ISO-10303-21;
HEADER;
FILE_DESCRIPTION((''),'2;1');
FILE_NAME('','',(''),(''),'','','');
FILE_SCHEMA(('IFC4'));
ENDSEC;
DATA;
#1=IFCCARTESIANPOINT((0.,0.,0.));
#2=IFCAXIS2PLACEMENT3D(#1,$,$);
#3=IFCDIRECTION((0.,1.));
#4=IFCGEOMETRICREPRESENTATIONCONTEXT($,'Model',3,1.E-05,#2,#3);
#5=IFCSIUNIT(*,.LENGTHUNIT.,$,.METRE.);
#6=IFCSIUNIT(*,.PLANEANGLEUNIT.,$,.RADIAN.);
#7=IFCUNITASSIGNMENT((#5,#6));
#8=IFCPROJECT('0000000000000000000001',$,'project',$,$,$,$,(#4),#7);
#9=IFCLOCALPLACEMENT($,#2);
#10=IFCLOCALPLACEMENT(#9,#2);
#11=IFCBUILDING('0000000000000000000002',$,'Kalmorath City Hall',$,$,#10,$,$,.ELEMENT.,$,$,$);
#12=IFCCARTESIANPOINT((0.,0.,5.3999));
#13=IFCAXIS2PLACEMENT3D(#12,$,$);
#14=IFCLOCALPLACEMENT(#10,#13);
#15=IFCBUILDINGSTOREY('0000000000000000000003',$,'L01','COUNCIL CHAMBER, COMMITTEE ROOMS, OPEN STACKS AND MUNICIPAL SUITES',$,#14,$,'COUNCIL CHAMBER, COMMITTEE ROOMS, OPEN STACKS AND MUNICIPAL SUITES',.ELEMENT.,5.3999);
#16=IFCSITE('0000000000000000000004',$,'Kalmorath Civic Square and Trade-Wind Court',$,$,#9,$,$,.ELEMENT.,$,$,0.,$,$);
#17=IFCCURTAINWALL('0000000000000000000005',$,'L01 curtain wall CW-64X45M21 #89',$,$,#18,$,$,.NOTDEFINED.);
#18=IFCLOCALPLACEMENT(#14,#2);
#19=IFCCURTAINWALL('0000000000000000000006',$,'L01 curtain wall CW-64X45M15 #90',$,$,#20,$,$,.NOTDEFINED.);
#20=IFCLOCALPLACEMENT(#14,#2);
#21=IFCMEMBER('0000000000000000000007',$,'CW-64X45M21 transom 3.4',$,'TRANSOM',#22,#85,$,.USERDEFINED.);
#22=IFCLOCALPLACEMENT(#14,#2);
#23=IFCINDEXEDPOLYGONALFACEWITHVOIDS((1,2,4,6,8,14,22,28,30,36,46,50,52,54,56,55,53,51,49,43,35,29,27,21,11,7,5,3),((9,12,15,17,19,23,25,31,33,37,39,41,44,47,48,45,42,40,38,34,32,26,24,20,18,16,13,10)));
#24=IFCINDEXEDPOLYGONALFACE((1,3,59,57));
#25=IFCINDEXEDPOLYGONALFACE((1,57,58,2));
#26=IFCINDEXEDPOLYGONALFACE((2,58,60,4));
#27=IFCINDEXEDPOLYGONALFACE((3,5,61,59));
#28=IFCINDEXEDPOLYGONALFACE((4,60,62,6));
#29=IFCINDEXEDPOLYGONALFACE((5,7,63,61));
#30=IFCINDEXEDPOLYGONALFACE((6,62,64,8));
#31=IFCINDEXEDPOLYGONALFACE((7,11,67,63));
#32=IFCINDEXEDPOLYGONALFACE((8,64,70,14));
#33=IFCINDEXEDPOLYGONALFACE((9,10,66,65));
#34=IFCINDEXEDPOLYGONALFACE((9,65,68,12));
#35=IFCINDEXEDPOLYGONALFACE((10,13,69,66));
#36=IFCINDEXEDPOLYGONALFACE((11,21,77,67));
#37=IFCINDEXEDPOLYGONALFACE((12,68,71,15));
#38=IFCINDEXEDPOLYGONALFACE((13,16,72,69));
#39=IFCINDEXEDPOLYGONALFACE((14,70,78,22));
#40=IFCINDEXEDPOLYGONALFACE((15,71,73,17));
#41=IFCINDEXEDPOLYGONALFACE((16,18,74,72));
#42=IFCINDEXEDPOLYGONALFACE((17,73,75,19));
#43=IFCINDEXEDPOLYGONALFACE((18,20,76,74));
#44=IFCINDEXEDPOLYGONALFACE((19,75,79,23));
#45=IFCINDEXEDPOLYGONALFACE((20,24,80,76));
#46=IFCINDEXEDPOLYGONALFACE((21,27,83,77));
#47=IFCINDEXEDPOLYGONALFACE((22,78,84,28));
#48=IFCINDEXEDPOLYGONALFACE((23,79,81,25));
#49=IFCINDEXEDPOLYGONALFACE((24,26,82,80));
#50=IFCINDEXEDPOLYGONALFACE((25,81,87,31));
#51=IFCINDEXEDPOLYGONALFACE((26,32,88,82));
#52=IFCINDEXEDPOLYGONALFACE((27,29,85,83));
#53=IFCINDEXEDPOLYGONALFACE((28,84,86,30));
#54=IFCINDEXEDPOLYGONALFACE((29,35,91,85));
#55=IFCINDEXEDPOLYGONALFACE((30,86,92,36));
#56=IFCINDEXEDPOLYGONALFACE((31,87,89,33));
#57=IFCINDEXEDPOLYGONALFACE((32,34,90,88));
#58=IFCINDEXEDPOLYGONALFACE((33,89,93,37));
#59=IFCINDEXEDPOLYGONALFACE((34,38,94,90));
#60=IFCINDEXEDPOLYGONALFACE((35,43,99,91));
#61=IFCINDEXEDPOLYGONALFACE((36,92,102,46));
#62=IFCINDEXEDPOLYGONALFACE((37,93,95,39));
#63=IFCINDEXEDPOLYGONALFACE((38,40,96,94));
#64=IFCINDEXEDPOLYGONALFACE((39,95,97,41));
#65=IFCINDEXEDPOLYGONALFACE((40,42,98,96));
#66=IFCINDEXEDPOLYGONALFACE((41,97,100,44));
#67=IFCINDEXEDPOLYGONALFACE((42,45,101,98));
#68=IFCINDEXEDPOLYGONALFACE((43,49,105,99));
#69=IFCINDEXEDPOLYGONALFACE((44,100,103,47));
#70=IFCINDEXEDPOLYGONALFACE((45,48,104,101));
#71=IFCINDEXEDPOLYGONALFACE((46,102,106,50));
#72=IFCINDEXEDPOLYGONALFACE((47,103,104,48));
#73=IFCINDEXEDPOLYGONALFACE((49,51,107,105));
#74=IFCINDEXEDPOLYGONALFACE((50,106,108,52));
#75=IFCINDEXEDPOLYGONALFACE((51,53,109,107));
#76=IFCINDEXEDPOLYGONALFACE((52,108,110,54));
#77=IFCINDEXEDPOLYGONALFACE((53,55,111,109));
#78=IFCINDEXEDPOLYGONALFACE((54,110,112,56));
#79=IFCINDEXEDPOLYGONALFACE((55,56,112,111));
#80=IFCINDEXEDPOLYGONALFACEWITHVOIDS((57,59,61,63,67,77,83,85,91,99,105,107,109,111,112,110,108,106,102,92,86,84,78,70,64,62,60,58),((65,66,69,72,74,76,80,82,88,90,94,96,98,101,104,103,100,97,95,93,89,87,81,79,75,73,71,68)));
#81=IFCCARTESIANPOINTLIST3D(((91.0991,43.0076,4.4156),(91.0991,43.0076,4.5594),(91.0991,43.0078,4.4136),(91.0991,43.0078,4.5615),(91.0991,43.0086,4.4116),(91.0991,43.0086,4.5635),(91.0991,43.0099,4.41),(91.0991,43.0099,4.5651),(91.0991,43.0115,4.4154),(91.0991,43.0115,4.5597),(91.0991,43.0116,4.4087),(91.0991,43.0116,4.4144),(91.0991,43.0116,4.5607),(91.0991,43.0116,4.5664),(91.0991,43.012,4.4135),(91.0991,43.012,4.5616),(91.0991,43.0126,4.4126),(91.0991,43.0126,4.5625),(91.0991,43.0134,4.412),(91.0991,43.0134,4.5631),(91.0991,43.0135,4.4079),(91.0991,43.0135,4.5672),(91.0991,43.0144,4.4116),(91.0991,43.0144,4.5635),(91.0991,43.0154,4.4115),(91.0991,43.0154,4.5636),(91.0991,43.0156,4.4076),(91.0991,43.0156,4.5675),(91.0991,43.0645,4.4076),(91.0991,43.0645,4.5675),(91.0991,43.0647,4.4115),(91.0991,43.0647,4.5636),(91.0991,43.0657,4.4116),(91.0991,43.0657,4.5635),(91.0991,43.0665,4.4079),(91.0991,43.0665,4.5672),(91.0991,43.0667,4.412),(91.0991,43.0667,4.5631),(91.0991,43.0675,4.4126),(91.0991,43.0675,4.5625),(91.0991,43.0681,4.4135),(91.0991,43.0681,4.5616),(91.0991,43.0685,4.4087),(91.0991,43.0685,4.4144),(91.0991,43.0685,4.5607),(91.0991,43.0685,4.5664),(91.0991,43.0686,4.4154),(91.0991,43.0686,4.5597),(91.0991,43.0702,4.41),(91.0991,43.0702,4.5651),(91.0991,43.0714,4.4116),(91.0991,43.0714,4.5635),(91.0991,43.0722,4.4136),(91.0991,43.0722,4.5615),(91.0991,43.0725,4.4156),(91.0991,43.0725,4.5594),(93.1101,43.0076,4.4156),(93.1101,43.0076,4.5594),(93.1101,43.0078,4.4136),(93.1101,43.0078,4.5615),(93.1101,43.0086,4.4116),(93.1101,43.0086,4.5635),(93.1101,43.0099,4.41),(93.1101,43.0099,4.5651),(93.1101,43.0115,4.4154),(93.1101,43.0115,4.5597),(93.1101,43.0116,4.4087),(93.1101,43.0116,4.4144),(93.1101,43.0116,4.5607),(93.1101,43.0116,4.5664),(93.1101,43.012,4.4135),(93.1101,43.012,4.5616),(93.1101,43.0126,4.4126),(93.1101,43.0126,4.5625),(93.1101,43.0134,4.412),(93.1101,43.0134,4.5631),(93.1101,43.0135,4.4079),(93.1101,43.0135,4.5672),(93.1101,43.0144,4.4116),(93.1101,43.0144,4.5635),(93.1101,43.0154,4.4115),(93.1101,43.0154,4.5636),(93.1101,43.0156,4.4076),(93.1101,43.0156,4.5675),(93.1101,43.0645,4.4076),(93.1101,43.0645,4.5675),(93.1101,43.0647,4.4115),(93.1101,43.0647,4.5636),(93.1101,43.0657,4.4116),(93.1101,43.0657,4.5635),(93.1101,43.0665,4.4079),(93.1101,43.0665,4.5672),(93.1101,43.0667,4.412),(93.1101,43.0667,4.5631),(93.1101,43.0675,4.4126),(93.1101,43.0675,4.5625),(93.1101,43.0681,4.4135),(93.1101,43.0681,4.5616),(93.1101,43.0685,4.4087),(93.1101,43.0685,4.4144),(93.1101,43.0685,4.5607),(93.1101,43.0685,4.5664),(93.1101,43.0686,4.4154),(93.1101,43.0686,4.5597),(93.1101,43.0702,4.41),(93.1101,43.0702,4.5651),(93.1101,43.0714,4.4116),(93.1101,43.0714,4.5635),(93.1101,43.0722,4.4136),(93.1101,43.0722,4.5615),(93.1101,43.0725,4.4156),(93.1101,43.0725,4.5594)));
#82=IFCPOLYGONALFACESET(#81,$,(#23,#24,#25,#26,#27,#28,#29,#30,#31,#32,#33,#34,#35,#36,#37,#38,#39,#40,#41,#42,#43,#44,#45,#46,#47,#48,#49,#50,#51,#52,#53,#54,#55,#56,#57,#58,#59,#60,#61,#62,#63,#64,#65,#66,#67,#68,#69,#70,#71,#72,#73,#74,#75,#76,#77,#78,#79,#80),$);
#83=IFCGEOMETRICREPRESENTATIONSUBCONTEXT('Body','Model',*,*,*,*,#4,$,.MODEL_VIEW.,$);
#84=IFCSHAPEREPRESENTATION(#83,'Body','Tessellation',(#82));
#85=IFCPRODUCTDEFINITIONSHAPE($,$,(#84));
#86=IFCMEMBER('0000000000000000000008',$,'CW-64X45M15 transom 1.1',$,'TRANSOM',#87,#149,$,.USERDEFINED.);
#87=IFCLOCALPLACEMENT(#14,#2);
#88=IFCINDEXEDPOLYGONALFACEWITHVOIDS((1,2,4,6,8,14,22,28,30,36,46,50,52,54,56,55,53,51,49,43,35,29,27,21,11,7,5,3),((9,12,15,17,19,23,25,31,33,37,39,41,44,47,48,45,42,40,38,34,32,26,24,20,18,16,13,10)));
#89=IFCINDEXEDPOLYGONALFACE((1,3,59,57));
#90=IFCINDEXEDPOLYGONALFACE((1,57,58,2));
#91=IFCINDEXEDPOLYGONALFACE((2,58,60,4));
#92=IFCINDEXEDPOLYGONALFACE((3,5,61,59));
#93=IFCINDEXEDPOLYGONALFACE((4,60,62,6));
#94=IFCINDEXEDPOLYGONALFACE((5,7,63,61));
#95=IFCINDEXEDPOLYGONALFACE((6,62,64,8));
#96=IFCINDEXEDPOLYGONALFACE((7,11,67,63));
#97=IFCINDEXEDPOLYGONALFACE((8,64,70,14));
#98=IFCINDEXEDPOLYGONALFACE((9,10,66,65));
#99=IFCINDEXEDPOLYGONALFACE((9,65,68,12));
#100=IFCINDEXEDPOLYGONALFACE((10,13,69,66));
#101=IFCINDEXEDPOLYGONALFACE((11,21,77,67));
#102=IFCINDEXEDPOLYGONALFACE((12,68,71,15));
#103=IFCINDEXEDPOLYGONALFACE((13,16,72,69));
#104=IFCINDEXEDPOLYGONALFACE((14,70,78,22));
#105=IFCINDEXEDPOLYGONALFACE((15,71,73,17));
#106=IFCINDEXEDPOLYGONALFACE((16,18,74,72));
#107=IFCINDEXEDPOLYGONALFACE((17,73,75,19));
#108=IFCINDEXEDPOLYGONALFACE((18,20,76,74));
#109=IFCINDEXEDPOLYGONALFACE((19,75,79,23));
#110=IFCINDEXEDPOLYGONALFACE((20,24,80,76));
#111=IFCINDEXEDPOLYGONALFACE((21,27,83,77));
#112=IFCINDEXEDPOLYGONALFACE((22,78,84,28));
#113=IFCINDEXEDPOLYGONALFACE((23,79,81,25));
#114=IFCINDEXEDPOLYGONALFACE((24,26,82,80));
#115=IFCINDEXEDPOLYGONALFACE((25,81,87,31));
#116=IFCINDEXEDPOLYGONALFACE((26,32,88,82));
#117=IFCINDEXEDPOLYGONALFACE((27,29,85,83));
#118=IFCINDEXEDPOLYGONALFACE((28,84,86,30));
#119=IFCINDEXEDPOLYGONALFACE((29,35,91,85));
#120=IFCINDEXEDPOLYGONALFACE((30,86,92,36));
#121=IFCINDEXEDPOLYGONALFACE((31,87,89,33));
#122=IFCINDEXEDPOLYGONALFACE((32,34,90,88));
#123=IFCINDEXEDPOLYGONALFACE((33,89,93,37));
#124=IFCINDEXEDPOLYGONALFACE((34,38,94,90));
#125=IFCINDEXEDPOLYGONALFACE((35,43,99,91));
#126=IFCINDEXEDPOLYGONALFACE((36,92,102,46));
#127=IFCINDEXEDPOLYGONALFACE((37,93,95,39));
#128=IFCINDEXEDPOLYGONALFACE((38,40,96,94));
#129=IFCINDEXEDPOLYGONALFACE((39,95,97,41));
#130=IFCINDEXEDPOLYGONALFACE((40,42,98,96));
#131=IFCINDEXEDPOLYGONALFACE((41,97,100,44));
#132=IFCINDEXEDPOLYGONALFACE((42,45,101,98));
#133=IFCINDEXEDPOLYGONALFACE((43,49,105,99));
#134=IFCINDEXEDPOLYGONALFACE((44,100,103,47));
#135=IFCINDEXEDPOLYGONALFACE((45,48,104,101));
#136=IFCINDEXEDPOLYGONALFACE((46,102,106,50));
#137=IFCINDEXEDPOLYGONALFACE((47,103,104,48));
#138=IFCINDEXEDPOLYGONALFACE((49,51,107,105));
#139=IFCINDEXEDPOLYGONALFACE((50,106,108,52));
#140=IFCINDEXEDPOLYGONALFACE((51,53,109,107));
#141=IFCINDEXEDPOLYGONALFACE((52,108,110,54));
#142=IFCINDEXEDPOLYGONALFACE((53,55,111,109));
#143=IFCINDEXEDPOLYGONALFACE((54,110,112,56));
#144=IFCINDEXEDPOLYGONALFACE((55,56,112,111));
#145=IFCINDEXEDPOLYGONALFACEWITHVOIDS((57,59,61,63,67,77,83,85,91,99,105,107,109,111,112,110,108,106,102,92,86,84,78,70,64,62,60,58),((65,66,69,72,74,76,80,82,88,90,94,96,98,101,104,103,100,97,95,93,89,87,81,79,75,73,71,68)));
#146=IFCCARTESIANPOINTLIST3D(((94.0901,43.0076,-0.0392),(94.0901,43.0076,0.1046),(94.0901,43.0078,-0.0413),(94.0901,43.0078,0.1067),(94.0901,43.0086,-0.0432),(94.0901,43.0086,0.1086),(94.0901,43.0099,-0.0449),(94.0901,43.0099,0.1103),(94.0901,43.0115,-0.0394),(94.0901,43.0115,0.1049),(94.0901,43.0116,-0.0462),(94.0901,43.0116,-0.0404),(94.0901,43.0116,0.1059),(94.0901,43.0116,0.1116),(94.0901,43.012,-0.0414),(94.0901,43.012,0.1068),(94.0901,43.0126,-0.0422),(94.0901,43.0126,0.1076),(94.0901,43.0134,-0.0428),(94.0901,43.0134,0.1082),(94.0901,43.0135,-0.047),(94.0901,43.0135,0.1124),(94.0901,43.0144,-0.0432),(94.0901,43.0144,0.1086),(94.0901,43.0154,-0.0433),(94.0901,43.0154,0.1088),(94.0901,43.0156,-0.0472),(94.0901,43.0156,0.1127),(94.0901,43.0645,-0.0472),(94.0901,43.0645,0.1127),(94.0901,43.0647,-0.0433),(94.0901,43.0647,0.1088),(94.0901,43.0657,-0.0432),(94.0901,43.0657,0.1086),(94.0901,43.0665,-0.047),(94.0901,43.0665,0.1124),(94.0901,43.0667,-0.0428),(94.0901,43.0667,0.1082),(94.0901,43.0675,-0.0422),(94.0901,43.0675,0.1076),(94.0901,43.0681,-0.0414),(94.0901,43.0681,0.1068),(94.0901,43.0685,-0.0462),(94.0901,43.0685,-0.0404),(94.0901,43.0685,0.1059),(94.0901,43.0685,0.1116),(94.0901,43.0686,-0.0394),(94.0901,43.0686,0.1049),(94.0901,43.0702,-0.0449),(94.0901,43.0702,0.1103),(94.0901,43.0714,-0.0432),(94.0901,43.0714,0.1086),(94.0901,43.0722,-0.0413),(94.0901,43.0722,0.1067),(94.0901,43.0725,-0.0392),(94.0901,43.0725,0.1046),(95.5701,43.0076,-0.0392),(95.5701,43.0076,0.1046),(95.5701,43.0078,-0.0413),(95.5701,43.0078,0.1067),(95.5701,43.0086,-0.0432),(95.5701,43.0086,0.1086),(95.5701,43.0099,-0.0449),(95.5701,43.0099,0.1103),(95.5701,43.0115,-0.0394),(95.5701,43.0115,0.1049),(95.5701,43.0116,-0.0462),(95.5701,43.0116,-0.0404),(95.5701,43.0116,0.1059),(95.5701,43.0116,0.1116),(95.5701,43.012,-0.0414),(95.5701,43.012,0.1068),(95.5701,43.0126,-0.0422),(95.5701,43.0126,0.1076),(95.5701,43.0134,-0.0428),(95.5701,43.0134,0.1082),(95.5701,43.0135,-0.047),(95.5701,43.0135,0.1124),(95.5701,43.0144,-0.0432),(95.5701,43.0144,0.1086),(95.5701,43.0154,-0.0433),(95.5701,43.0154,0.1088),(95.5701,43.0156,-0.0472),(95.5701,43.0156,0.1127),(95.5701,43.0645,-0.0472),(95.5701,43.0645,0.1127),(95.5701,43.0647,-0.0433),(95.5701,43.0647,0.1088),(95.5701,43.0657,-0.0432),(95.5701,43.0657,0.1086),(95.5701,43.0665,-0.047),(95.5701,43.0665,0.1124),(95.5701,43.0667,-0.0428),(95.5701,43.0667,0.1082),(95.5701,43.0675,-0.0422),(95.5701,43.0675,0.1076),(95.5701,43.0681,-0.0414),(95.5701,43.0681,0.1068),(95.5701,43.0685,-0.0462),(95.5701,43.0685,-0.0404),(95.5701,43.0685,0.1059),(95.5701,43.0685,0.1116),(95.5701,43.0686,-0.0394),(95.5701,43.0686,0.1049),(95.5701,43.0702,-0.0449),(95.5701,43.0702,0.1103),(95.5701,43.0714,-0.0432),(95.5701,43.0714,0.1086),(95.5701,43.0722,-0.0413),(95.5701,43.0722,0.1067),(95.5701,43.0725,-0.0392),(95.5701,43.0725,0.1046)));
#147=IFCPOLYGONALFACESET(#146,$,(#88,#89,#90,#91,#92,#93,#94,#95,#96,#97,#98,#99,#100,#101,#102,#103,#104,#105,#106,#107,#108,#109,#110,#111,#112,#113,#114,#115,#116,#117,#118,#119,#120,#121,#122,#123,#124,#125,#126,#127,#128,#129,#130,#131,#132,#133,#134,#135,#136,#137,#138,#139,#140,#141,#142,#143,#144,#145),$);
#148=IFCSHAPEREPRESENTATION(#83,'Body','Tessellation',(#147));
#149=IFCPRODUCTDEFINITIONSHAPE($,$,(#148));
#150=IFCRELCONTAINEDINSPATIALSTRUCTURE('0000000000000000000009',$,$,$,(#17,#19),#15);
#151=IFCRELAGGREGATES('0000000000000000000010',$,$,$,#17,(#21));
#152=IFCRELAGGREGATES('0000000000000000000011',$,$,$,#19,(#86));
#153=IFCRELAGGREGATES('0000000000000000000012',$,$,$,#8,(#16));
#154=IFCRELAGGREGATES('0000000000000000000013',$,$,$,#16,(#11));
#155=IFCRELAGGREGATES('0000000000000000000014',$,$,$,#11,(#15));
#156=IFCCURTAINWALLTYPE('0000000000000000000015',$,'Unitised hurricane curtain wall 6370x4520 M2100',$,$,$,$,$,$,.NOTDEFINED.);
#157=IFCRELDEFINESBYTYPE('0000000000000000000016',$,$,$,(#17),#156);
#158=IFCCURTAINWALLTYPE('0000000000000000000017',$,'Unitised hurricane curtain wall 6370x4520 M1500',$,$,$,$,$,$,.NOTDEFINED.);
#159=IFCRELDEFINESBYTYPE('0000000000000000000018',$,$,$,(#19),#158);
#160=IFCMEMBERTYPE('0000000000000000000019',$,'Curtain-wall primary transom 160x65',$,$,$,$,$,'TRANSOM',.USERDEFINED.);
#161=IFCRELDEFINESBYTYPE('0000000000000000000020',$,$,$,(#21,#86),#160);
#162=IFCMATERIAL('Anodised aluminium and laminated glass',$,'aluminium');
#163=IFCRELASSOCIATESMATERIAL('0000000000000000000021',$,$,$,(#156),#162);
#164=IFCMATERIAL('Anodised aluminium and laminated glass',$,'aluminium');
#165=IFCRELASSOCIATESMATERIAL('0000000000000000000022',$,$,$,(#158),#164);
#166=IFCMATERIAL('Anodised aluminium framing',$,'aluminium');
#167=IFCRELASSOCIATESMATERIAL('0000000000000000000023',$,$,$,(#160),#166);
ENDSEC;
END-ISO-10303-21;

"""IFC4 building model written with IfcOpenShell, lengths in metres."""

from ifc_helpers import new_model, si_unit, direction, frame, origin, origin_2d, place, context, subcontext, project, spatial, hollow_rectangle, extrude, material, material_profile, profile_set, type_object, element, aggregate, save


model = new_model("IFC4")

# Units and contexts
model_context = context("Model", 3, precision=1e-05, world=origin(), true_north=direction((0.0, 1.0)))
body_context = subcontext(model_context, "Body", "Model", "MODEL_VIEW")
ifc_project = project(units=[si_unit("LENGTHUNIT", "METRE"), si_unit("PLANEANGLEUNIT", "RADIAN")], contexts=[model_context])

# Site, building, storey
site_placement = place(None, origin())
site = spatial("IfcSite", under=ifc_project, at=site_placement, Name="Kalmorath Civic Square and Trade-Wind Court", CompositionType="ELEMENT", RefElevation=0.0)
building_placement = place(site_placement, origin())
building = spatial("IfcBuilding", under=site, at=building_placement, Name="Kalmorath City Hall", CompositionType="ELEMENT")
storey_placement = place(building_placement, frame((0.0, 0.0, 5.3999)))
storey = spatial("IfcBuildingStorey", under=building, at=storey_placement, Name="L01", Description="COUNCIL CHAMBER, COMMITTEE ROOMS, OPEN STACKS AND MUNICIPAL SUITES", LongName="COUNCIL CHAMBER, COMMITTEE ROOMS, OPEN STACKS AND MUNICIPAL SUITES", CompositionType="ELEMENT", Elevation=5.3999)

# Curtain wall
ifc_material_1 = material(Name="Anodised aluminium and laminated glass", Category="aluminium")
curtain_wall_type_1 = type_object("IfcCurtainWallType", Name="Unitised hurricane curtain wall 6370x4520 M2100", PredefinedType="NOTDEFINED", material=ifc_material_1)
curtain_wall_1_placement = place(storey_placement, origin())
curtain_wall_1 = element("IfcCurtainWall", 1, at=curtain_wall_1_placement, inside=storey, type_object=curtain_wall_type_1, Name="L01 curtain wall CW-64X45M21 #89", PredefinedType="NOTDEFINED")

# Curtain wall
ifc_material_2 = material(Name="Anodised aluminium and laminated glass", Category="aluminium")
curtain_wall_type_2 = type_object("IfcCurtainWallType", Name="Unitised hurricane curtain wall 6370x4520 M1500", PredefinedType="NOTDEFINED", material=ifc_material_2)
curtain_wall_2_placement = place(storey_placement, origin())
curtain_wall_2 = element("IfcCurtainWall", 2, at=curtain_wall_2_placement, inside=storey, type_object=curtain_wall_type_2, Name="L01 curtain wall CW-64X45M15 #90", PredefinedType="NOTDEFINED")

# Members
ifc_material_3 = material(Name="Anodised aluminium framing", Category="aluminium")
ifc_material_profile_1 = material_profile(ifc_material_3, hollow_rectangle(XDim=0.0649, YDim=0.1599, WallThickness=0.0039, InnerFilletRadius=0.0039, OuterFilletRadius=0.0081, at=origin_2d()), Name="ALU-TRN-160X65X4")
ifc_profile_set_1 = profile_set([ifc_material_profile_1], Name="Anodised aluminium framing")
member_type_1 = type_object("IfcMemberType", Name="Curtain-wall primary transom 160x65", ElementType="TRANSOM", PredefinedType="USERDEFINED", material=ifc_profile_set_1)
member_1_placement = place(storey_placement, frame((91.0991, 43.04, 4.4875), z_axis=(1.0, 0.0, 0.0), x_axis=(0.0, 1.0, 0.0)))
member_1 = element("IfcMember", 3, at=member_1_placement, type_object=member_type_1, Name="CW-64X45M21 transom 3.4", ObjectType="TRANSOM", PredefinedType="USERDEFINED", context=body_context, shape_type="SweptSolid", body=[
    extrude(hollow_rectangle(XDim=0.0649, YDim=0.1599, WallThickness=0.0039, InnerFilletRadius=0.0039, OuterFilletRadius=0.0081, at=origin_2d()), origin(), (0.0, 0.0, 1.0), 2.011),
])
member_2_placement = place(storey_placement, frame((94.0901, 43.04, 0.0327), z_axis=(1.0, 0.0, 0.0), x_axis=(0.0, 1.0, 0.0)))
member_2 = element("IfcMember", 4, at=member_2_placement, type_object=member_type_1, Name="CW-64X45M15 transom 1.1", ObjectType="TRANSOM", PredefinedType="USERDEFINED", context=body_context, shape_type="SweptSolid", body=[
    extrude(hollow_rectangle(XDim=0.0649, YDim=0.1599, WallThickness=0.0039, InnerFilletRadius=0.0039, OuterFilletRadius=0.0081, at=origin_2d()), origin(), (0.0, 0.0, 1.0), 1.48),
])

aggregate(curtain_wall_1, [member_1])
aggregate(curtain_wall_2, [member_2])

save(model, "model.ifc")
